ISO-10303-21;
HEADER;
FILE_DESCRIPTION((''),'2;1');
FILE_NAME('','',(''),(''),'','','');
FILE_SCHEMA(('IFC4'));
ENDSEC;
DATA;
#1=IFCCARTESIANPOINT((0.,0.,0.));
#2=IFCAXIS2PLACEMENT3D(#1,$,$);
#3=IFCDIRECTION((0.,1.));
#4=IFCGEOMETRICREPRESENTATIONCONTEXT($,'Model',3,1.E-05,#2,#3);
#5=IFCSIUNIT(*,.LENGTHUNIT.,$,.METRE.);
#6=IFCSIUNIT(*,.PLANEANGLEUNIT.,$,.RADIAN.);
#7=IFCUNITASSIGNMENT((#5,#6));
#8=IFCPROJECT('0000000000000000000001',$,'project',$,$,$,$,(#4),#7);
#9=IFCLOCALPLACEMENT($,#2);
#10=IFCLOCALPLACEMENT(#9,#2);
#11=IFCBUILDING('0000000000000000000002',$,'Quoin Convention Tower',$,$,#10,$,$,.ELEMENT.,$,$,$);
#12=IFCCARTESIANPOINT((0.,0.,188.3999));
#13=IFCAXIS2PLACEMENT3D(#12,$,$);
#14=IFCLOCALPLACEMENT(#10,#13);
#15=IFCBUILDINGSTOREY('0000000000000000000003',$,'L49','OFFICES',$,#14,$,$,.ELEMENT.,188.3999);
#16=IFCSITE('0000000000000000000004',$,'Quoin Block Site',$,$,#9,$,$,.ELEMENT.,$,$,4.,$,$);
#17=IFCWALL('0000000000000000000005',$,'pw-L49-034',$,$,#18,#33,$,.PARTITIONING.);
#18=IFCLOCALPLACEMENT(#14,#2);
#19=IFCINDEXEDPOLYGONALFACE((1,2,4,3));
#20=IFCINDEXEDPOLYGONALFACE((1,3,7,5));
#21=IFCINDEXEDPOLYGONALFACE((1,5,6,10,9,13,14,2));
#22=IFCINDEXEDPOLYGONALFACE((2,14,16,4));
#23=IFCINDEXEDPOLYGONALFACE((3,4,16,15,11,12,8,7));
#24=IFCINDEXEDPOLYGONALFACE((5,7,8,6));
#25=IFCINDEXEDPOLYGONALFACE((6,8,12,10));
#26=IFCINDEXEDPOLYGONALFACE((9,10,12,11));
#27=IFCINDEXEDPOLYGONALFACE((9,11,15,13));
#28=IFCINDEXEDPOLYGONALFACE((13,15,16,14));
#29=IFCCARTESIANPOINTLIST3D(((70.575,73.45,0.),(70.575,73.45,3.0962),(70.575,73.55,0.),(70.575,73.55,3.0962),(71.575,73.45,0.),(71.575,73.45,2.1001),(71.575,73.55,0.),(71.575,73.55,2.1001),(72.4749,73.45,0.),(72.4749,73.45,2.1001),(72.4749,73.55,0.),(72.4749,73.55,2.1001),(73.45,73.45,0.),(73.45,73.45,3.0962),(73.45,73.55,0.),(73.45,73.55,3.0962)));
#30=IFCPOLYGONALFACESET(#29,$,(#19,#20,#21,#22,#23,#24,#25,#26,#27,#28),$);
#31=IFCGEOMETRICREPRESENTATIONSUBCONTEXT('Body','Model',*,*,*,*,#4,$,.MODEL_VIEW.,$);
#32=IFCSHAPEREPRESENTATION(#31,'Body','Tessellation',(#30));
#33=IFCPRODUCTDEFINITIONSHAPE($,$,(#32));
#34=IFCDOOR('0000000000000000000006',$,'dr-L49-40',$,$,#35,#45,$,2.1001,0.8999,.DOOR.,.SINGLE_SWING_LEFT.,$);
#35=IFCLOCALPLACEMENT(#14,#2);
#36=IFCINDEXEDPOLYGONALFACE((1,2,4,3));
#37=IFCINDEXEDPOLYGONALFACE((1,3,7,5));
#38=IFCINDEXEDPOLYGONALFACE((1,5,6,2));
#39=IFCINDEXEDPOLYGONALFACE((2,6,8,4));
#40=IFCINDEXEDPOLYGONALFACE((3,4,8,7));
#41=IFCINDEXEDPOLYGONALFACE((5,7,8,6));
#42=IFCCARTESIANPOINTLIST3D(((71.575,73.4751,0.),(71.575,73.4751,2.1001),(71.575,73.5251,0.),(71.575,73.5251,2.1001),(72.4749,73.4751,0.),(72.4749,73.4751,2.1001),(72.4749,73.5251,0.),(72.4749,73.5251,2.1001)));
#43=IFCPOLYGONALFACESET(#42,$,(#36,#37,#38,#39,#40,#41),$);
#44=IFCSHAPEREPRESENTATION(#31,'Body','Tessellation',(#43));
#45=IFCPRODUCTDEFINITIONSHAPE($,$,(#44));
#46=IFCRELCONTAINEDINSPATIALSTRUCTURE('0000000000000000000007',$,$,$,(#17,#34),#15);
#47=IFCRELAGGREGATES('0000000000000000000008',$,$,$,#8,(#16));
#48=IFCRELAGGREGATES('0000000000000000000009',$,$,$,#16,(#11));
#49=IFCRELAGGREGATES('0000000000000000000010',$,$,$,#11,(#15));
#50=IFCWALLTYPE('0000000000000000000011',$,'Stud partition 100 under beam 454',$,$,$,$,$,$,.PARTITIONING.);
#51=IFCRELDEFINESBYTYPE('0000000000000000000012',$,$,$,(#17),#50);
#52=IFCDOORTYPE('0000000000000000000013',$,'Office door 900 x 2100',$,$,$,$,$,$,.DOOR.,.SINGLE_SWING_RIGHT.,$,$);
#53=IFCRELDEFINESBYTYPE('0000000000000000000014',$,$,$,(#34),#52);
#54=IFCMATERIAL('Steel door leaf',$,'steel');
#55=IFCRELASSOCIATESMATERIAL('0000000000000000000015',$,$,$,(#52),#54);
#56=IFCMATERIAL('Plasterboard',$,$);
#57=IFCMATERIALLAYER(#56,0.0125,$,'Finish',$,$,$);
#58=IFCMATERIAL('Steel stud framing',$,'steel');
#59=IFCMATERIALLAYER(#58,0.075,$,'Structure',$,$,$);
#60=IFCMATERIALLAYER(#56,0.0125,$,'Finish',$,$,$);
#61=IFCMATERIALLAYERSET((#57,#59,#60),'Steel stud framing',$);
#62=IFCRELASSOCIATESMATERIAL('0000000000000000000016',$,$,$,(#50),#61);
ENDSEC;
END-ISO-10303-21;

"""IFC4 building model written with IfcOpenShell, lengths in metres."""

from ifc_helpers import new_model, si_unit, direction, frame, frame_2d, origin, place, context, subcontext, project, spatial, rectangle, extrude, material, layer, layer_set, type_object, element, fill, save


model = new_model("IFC4")

# Units and contexts
model_context = context("Model", 3, precision=1e-05, world=origin(), true_north=direction((0.0, 1.0)))
body_context = subcontext(model_context, "Body", "Model", "MODEL_VIEW")
ifc_project = project(units=[si_unit("LENGTHUNIT", "METRE"), si_unit("PLANEANGLEUNIT", "RADIAN")], contexts=[model_context])

# Site, building, storey
site_placement = place(None, origin())
site = spatial("IfcSite", under=ifc_project, at=site_placement, Name="Quoin Block Site", CompositionType="ELEMENT", RefElevation=4.0)
building_placement = place(site_placement, origin())
building = spatial("IfcBuilding", under=site, at=building_placement, Name="Quoin Convention Tower", CompositionType="ELEMENT")
storey_placement = place(building_placement, frame((0.0, 0.0, 188.3999)))
storey = spatial("IfcBuildingStorey", under=building, at=storey_placement, Name="L49", Description="OFFICES", CompositionType="ELEMENT", Elevation=188.3999)

# Shared definitions
ifc_material_1 = material(Name="Plasterboard")
ifc_material_2 = material(Name="Steel stud framing", Category="steel")
ifc_material_3 = material(Name="Steel door leaf", Category="steel")
door_type_1 = type_object("IfcDoorType", Name="Office door 900 x 2100", OperationType="SINGLE_SWING_RIGHT", PredefinedType="DOOR", material=ifc_material_3)

# Wall, opening, door
ifc_layer_1 = layer(ifc_material_1, 0.0125, Name="Finish")
ifc_layer_2 = layer(ifc_material_2, 0.075, Name="Structure")
ifc_layer_3 = layer(ifc_material_1, 0.0125, Name="Finish")
ifc_layer_set_1 = layer_set([ifc_layer_1, ifc_layer_2, ifc_layer_3], Name="Steel stud framing")
wall_type_1 = type_object("IfcWallType", Name="Stud partition 100 under beam 454", PredefinedType="PARTITIONING", material=ifc_layer_set_1)
wall_1_placement = place(storey_placement, frame((70.575, 73.5, 0.0), z_axis=(0.0, 0.0, 1.0), x_axis=(1.0, 0.0, 0.0)))
wall_1 = element("IfcWall", 1, at=wall_1_placement, inside=storey, type_object=wall_type_1, Name="pw-L49-034", PredefinedType="PARTITIONING", context=body_context, shape_type="SweptSolid", body=[
    extrude(rectangle(XDim=2.875, YDim=0.1001, at=frame_2d((1.4375, 0.0))), origin(), (0.0, 0.0, 1.0), 3.0962),
])
opening_1_placement = place(wall_1_placement, frame((1.0, 0.0, 0.0)))
opening_1 = element("IfcOpeningElement", 2, at=opening_1_placement, cuts=wall_1, PredefinedType="OPENING", context=body_context, shape_type="SweptSolid", body=[
    extrude(rectangle(XDim=0.8999, YDim=2.1001, at=frame_2d((0.45, 1.05))), frame((0.0, 0.0601, 0.0), z_axis=(0.0, -1.0, 0.0), x_axis=(1.0, 0.0, 0.0)), (0.0, 0.0, 1.0), 0.1201),
])
door_1_placement = place(opening_1_placement, frame((0.8999, 0.0, 0.0), z_axis=(0.0, 0.0, 1.0), x_axis=(-1.0, 0.0, 0.0)))
door_1 = element("IfcDoor", 3, at=door_1_placement, inside=storey, type_object=door_type_1, Name="dr-L49-40", OperationType="SINGLE_SWING_LEFT", OverallHeight=2.1001, OverallWidth=0.8999, PredefinedType="DOOR", context=body_context, shape_type="SweptSolid", body=[
    extrude(rectangle(XDim=0.8999, YDim=2.1001, at=frame_2d((0.45, 1.05))), frame((0.0, 0.0249, 0.0), z_axis=(0.0, -1.0, 0.0), x_axis=(1.0, 0.0, 0.0)), (0.0, 0.0, 1.0), 0.05),
])
fill(opening_1, door_1)

save(model, "model.ifc")
